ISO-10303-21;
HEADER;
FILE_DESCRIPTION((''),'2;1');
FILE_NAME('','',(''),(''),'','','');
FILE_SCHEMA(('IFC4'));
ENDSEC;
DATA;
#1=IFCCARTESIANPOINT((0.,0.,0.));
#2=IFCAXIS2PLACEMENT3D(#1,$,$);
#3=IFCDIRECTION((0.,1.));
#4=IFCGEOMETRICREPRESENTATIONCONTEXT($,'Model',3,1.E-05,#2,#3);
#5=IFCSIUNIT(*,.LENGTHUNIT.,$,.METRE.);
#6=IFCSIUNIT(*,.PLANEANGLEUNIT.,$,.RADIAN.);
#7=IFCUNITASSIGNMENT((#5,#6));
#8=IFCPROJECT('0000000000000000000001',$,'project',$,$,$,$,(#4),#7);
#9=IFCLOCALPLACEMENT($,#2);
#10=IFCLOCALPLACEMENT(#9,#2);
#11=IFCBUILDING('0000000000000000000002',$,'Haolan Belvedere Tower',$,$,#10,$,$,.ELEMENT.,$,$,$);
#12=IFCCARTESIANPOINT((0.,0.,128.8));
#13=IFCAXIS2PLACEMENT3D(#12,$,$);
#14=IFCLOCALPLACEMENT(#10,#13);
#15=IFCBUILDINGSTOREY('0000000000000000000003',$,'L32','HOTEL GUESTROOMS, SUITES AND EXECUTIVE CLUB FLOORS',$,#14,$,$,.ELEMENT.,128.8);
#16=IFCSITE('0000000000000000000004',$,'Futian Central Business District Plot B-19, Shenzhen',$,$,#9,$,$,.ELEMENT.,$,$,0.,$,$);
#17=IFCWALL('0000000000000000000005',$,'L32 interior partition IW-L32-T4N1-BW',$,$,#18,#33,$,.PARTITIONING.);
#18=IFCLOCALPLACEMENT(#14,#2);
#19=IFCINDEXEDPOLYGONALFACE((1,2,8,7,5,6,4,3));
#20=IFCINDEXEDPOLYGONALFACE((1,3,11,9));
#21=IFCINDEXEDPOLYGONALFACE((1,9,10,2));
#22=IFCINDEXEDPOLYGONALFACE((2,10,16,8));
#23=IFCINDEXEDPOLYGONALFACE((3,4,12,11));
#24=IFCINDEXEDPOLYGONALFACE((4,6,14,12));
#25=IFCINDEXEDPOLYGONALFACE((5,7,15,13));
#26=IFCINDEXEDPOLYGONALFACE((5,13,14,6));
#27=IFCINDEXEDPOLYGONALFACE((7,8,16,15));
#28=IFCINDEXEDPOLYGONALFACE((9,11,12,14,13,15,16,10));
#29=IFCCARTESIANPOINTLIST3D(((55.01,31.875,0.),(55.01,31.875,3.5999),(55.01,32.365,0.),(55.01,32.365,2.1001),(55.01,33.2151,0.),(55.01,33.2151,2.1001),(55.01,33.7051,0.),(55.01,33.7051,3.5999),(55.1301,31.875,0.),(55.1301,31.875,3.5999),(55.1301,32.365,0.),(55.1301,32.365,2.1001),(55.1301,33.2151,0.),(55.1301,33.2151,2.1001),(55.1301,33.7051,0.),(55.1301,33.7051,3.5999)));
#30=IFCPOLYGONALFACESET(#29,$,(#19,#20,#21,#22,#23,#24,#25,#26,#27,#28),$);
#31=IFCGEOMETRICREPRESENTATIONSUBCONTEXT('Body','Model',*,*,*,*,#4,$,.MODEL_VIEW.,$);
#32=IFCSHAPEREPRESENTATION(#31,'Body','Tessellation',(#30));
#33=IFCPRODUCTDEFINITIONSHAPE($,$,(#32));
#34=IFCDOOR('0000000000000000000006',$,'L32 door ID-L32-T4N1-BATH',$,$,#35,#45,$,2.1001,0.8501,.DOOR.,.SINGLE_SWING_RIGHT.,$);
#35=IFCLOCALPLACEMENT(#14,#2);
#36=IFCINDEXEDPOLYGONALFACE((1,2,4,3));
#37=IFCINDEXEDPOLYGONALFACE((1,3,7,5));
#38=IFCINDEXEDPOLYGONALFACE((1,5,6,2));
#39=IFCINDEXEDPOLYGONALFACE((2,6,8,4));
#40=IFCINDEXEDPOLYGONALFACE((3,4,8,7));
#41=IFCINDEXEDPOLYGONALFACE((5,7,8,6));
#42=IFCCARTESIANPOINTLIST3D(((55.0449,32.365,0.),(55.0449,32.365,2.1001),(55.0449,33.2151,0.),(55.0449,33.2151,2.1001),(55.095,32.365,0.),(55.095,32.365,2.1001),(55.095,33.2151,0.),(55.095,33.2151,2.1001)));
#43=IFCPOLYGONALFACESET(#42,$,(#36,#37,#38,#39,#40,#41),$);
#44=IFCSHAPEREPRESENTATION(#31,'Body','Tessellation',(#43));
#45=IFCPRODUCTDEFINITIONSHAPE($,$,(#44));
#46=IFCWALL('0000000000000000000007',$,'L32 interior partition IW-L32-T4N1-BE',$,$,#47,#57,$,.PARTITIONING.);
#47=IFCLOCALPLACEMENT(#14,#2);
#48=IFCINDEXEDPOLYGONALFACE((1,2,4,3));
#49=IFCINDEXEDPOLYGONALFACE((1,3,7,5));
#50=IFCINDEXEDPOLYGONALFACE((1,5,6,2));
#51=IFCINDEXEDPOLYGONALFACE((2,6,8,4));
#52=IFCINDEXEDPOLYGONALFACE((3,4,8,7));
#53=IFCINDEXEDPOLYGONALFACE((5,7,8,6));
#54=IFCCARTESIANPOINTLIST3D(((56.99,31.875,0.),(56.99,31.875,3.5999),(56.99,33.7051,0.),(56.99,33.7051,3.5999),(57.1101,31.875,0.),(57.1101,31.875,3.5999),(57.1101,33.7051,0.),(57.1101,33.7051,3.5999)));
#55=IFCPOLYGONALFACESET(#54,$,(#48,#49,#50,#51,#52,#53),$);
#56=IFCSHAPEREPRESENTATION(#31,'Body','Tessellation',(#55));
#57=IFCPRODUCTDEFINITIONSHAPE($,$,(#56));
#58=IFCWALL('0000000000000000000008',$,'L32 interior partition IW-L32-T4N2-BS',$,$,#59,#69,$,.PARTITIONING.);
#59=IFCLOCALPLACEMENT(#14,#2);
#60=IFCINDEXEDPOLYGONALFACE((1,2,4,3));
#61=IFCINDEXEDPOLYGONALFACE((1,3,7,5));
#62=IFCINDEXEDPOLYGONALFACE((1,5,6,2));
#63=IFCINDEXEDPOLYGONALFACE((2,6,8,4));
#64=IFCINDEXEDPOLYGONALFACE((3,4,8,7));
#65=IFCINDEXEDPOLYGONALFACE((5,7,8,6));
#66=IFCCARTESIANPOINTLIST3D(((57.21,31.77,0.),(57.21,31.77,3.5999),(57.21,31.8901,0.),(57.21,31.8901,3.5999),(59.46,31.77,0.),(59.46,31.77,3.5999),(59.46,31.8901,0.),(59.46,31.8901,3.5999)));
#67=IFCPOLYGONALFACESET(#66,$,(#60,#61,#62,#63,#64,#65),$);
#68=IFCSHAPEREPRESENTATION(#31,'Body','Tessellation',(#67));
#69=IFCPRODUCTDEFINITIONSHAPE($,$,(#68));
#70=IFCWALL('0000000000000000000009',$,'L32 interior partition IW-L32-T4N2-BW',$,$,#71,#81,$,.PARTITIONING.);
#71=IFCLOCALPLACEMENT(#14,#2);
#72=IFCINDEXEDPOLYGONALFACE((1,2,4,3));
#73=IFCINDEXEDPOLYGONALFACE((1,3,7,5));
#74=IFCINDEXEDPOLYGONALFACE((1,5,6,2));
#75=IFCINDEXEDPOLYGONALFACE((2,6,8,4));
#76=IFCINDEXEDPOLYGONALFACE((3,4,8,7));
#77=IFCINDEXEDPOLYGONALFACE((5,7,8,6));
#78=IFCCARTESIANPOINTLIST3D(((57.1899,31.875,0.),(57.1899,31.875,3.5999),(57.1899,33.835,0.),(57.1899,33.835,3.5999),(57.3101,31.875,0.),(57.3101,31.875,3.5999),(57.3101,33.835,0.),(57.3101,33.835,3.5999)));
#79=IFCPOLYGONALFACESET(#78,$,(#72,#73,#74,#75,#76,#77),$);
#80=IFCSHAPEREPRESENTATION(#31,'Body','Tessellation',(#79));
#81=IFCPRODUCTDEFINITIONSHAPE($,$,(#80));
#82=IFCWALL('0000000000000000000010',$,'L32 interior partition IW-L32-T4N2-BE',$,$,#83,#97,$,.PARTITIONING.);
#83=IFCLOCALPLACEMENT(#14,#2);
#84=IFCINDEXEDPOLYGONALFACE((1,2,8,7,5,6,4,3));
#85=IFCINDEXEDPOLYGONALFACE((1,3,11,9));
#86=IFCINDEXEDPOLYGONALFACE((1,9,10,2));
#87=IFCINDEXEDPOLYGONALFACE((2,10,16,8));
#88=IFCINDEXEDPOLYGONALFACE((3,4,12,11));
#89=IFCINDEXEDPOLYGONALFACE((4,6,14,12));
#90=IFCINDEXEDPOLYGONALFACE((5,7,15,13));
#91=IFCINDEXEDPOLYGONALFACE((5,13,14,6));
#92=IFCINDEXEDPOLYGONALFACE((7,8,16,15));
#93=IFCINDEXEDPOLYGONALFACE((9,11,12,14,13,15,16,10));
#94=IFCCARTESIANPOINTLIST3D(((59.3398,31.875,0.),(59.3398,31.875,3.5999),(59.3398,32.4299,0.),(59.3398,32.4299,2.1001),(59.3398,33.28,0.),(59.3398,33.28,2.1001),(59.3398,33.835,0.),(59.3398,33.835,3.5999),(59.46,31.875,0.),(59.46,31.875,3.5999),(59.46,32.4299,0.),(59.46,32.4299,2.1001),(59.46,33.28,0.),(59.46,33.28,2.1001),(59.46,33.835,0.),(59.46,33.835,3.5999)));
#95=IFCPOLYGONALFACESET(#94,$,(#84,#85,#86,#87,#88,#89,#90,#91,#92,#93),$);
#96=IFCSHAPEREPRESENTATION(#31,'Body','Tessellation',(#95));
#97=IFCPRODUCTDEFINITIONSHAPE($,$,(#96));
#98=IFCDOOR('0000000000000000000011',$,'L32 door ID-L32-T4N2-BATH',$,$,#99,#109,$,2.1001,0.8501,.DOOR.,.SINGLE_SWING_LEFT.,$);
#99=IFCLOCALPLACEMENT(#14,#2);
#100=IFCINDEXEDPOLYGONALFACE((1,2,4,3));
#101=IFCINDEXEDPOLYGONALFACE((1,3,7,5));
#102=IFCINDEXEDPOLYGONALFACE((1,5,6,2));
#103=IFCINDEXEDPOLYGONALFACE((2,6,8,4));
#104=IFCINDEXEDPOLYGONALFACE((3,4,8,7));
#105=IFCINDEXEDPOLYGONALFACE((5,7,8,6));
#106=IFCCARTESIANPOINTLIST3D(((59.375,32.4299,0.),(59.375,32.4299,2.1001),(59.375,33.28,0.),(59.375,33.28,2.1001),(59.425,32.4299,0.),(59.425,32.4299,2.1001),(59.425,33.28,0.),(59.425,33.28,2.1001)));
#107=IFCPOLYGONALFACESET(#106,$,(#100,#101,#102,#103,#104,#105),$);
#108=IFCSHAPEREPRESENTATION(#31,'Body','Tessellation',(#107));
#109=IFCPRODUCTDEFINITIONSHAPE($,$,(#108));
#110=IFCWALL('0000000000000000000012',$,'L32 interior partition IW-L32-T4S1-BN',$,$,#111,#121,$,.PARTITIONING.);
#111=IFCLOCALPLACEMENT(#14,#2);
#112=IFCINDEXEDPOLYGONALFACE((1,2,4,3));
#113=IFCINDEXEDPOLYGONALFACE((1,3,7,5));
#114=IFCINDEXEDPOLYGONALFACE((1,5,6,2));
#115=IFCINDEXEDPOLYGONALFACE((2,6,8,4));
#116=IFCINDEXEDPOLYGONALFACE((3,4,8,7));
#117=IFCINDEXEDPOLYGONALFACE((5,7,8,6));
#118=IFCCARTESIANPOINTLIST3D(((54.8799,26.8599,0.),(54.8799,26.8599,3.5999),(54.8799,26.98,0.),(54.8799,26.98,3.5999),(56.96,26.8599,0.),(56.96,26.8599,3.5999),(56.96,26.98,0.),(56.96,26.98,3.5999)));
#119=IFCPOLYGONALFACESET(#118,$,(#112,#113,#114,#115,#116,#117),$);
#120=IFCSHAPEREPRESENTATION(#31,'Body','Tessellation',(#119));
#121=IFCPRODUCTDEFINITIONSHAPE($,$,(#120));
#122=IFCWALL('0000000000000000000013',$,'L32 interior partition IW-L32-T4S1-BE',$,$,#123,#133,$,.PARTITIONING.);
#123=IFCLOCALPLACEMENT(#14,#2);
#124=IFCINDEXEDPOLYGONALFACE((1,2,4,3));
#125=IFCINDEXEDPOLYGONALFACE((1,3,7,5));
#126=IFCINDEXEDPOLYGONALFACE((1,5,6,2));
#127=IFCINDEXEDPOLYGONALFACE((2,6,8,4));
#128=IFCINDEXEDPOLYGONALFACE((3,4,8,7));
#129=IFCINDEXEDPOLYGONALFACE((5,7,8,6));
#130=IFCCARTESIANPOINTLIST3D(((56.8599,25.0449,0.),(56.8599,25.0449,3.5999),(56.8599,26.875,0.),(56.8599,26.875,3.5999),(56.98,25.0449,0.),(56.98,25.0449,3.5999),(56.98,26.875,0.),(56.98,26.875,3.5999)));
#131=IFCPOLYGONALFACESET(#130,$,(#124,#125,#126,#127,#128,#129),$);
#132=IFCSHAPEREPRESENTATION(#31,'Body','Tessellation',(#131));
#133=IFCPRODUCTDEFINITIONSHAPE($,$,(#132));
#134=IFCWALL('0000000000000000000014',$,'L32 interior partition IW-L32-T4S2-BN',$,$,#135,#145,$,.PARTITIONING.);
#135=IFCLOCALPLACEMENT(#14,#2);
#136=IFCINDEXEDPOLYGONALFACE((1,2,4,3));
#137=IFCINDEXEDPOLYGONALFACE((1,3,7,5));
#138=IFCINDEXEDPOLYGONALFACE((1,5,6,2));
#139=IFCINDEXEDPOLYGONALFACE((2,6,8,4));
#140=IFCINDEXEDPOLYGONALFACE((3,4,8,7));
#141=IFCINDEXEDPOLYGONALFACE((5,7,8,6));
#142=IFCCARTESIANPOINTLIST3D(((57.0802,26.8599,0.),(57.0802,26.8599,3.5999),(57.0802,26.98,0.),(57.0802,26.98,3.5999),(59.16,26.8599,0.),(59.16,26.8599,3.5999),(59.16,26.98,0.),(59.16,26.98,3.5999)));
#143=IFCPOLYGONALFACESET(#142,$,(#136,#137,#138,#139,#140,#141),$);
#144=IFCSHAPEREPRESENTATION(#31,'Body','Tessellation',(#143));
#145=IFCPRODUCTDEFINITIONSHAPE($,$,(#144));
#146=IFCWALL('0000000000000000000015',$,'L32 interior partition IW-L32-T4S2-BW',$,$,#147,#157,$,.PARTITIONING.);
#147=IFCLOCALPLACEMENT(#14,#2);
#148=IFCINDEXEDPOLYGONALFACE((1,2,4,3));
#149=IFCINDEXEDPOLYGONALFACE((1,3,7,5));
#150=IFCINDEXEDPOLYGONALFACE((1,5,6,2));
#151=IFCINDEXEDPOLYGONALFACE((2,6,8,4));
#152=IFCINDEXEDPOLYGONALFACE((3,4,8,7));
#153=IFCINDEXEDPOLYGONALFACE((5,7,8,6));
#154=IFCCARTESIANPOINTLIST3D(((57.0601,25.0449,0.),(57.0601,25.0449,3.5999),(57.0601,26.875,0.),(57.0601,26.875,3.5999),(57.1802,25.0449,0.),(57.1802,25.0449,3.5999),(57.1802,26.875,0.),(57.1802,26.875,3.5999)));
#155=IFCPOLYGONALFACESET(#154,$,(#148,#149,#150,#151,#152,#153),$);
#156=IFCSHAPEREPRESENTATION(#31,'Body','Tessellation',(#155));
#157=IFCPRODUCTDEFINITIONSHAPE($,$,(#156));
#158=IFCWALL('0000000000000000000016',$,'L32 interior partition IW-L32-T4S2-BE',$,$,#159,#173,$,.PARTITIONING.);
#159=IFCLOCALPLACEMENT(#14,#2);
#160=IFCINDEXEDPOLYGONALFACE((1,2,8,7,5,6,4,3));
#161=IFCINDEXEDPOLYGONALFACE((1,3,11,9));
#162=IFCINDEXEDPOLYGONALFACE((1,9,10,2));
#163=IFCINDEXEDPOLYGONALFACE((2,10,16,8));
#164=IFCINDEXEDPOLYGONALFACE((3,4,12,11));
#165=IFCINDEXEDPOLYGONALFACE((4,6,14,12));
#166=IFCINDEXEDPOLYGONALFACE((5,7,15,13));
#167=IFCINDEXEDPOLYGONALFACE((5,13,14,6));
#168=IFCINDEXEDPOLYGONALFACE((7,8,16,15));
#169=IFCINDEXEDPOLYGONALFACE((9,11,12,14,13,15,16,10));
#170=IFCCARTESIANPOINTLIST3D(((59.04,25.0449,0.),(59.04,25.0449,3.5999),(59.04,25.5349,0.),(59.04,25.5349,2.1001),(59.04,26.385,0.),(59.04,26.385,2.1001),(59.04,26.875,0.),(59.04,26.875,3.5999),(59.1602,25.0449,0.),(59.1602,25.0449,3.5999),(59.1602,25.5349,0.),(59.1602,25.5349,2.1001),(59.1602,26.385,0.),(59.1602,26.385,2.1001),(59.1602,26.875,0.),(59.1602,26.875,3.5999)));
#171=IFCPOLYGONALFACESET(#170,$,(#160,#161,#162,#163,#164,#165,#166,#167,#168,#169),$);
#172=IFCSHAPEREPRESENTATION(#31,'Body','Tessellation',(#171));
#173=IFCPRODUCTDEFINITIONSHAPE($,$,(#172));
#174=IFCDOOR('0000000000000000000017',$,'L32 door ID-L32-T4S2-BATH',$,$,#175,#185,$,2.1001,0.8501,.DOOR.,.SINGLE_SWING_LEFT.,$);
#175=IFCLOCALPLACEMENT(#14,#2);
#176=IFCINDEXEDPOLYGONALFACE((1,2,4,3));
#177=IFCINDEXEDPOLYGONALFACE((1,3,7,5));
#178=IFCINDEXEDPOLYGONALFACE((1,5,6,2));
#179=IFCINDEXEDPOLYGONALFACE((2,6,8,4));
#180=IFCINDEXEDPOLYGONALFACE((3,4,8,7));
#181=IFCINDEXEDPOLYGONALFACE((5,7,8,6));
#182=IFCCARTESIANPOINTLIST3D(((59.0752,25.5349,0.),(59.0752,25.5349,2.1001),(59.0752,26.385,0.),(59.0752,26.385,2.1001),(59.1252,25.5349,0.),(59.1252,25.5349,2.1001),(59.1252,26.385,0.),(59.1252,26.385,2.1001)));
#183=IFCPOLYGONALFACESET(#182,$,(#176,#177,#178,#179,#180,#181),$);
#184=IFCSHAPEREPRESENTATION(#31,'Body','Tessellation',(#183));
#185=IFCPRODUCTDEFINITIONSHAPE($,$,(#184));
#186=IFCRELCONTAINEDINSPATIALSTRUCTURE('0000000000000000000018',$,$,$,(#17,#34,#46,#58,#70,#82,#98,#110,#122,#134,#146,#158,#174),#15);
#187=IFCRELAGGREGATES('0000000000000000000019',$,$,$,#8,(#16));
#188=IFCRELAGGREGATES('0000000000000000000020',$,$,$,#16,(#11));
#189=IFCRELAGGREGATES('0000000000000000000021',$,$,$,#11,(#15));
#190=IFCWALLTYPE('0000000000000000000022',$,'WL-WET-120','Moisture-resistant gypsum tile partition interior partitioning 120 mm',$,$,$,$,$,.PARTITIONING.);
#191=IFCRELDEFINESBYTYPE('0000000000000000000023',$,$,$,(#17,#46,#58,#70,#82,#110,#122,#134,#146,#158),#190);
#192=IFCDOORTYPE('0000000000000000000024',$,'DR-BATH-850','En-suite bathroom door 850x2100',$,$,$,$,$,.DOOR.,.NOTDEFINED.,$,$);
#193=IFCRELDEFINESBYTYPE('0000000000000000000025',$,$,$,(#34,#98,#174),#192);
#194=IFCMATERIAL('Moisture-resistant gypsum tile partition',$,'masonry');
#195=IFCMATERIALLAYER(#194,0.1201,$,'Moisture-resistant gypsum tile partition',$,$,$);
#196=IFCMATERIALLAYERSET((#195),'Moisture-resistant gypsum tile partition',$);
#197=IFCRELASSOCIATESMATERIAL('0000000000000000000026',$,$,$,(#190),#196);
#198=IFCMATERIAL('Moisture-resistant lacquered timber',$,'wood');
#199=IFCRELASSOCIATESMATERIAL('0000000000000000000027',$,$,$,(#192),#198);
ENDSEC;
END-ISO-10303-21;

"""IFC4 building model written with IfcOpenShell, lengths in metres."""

from ifc_helpers import new_model, si_unit, direction, frame, frame_2d, origin, place, context, subcontext, project, spatial, rectangle, extrude, material, layer, layer_set, type_object, element, fill, save


model = new_model("IFC4")

# Units and contexts
model_context = context("Model", 3, precision=1e-05, world=origin(), true_north=direction((0.0, 1.0)))
body_context = subcontext(model_context, "Body", "Model", "MODEL_VIEW")
ifc_project = project(units=[si_unit("LENGTHUNIT", "METRE"), si_unit("PLANEANGLEUNIT", "RADIAN")], contexts=[model_context])

# Site, building, storey
site_placement = place(None, origin())
site = spatial("IfcSite", under=ifc_project, at=site_placement, Name="Futian Central Business District Plot B-19, Shenzhen", CompositionType="ELEMENT", RefElevation=0.0)
building_placement = place(site_placement, origin())
building = spatial("IfcBuilding", under=site, at=building_placement, Name="Haolan Belvedere Tower", CompositionType="ELEMENT")
storey_placement = place(building_placement, frame((0.0, 0.0, 128.8)))
storey = spatial("IfcBuildingStorey", under=building, at=storey_placement, Name="L32", Description="HOTEL GUESTROOMS, SUITES AND EXECUTIVE CLUB FLOORS", CompositionType="ELEMENT", Elevation=128.8)

# Shared definitions
ifc_material_1 = material(Name="Moisture-resistant gypsum tile partition", Category="masonry")
ifc_layer_1 = layer(ifc_material_1, 0.1201, Name="Moisture-resistant gypsum tile partition")
ifc_layer_set_1 = layer_set([ifc_layer_1], Name="Moisture-resistant gypsum tile partition")
wall_type_1 = type_object("IfcWallType", Name="WL-WET-120", Description="Moisture-resistant gypsum tile partition interior partitioning 120 mm", PredefinedType="PARTITIONING", material=ifc_layer_set_1)

# Wall, opening, door
wall_1_placement = place(storey_placement, frame((55.0701, 31.875, 0.0), z_axis=(0.0, 0.0, 1.0), x_axis=(0.0, 1.0, 0.0)))
wall_1 = element("IfcWall", 1, at=wall_1_placement, inside=storey, type_object=wall_type_1, Name="L32 interior partition IW-L32-T4N1-BW", PredefinedType="PARTITIONING", context=body_context, shape_type="SweptSolid", body=[
    extrude(rectangle(XDim=1.8301, YDim=0.1201, at=frame_2d((0.915, 0.0))), origin(), (0.0, 0.0, 1.0), 3.5999),
])
opening_1_placement = place(wall_1_placement, frame((1.3401, 0.0, 0.0), z_axis=(0.0, 0.0, 1.0), x_axis=(-1.0, 0.0, 0.0)))
opening_1 = element("IfcOpeningElement", 2, at=opening_1_placement, cuts=wall_1, PredefinedType="OPENING", context=body_context, shape_type="SweptSolid", body=[
    extrude(rectangle(XDim=0.8501, YDim=2.1001, at=frame_2d((0.425, 1.05))), frame((0.0, 0.0701, 0.0), z_axis=(0.0, -1.0, 0.0), x_axis=(1.0, 0.0, 0.0)), (0.0, 0.0, 1.0), 0.1401),
])
ifc_material_2 = material(Name="Moisture-resistant lacquered timber", Category="wood")
door_type_1 = type_object("IfcDoorType", Name="DR-BATH-850", Description="En-suite bathroom door 850x2100", OperationType="NOTDEFINED", PredefinedType="DOOR", material=ifc_material_2)
door_1_placement = place(opening_1_placement, origin())
door_1 = element("IfcDoor", 3, at=door_1_placement, inside=storey, type_object=door_type_1, Name="L32 door ID-L32-T4N1-BATH", OperationType="SINGLE_SWING_RIGHT", OverallHeight=2.1001, OverallWidth=0.8501, PredefinedType="DOOR", context=body_context, shape_type="SweptSolid", body=[
    extrude(rectangle(XDim=0.8501, YDim=2.1001, at=frame_2d((0.425, 1.05))), frame((0.0, 0.0249, 0.0), z_axis=(0.0, -1.0, 0.0), x_axis=(1.0, 0.0, 0.0)), (0.0, 0.0, 1.0), 0.05),
])
fill(opening_1, door_1)

# Walls
wall_2_placement = place(storey_placement, frame((57.05, 31.875, 0.0), z_axis=(0.0, 0.0, 1.0), x_axis=(0.0, 1.0, 0.0)))
element("IfcWall", 4, at=wall_2_placement, inside=storey, type_object=wall_type_1, Name="L32 interior partition IW-L32-T4N1-BE", PredefinedType="PARTITIONING", context=body_context, shape_type="SweptSolid", body=[
    extrude(rectangle(XDim=1.8301, YDim=0.1201, at=frame_2d((0.915, 0.0))), origin(), (0.0, 0.0, 1.0), 3.5999),
])
wall_3_placement = place(storey_placement, frame((57.21, 31.8301, 0.0), z_axis=(0.0, 0.0, 1.0), x_axis=(1.0, 0.0, 0.0)))
element("IfcWall", 5, at=wall_3_placement, inside=storey, type_object=wall_type_1, Name="L32 interior partition IW-L32-T4N2-BS", PredefinedType="PARTITIONING", context=body_context, shape_type="SweptSolid", body=[
    extrude(rectangle(XDim=2.25, YDim=0.1201, at=frame_2d((1.125, 0.0))), origin(), (0.0, 0.0, 1.0), 3.5999),
])
wall_4_placement = place(storey_placement, frame((57.25, 31.875, 0.0), z_axis=(0.0, 0.0, 1.0), x_axis=(0.0, 1.0, 0.0)))
element("IfcWall", 6, at=wall_4_placement, inside=storey, type_object=wall_type_1, Name="L32 interior partition IW-L32-T4N2-BW", PredefinedType="PARTITIONING", context=body_context, shape_type="SweptSolid", body=[
    extrude(rectangle(XDim=1.96, YDim=0.1201, at=frame_2d((0.98, 0.0))), origin(), (0.0, 0.0, 1.0), 3.5999),
])

# Wall, opening, door
wall_5_placement = place(storey_placement, frame((59.3999, 31.875, 0.0), z_axis=(0.0, 0.0, 1.0), x_axis=(0.0, 1.0, 0.0)))
wall_5 = element("IfcWall", 7, at=wall_5_placement, inside=storey, type_object=wall_type_1, Name="L32 interior partition IW-L32-T4N2-BE", PredefinedType="PARTITIONING", context=body_context, shape_type="SweptSolid", body=[
    extrude(rectangle(XDim=1.96, YDim=0.1201, at=frame_2d((0.98, 0.0))), origin(), (0.0, 0.0, 1.0), 3.5999),
])
opening_2_placement = place(wall_5_placement, frame((0.5549, 0.0, 0.0)))
opening_2 = element("IfcOpeningElement", 8, at=opening_2_placement, cuts=wall_5, PredefinedType="OPENING", context=body_context, shape_type="SweptSolid", body=[
    extrude(rectangle(XDim=0.8501, YDim=2.1001, at=frame_2d((0.425, 1.05))), frame((0.0, 0.0701, 0.0), z_axis=(0.0, -1.0, 0.0), x_axis=(1.0, 0.0, 0.0)), (0.0, 0.0, 1.0), 0.1401),
])
door_2_placement = place(opening_2_placement, origin())
door_2 = element("IfcDoor", 9, at=door_2_placement, inside=storey, type_object=door_type_1, Name="L32 door ID-L32-T4N2-BATH", OperationType="SINGLE_SWING_LEFT", OverallHeight=2.1001, OverallWidth=0.8501, PredefinedType="DOOR", context=body_context, shape_type="SweptSolid", body=[
    extrude(rectangle(XDim=0.8501, YDim=2.1001, at=frame_2d((0.425, 1.05))), frame((0.0, 0.0249, 0.0), z_axis=(0.0, -1.0, 0.0), x_axis=(1.0, 0.0, 0.0)), (0.0, 0.0, 1.0), 0.05),
])
fill(opening_2, door_2)

# Walls
wall_6_placement = place(storey_placement, frame((54.8799, 26.9199, 0.0), z_axis=(0.0, 0.0, 1.0), x_axis=(1.0, 0.0, 0.0)))
element("IfcWall", 10, at=wall_6_placement, inside=storey, type_object=wall_type_1, Name="L32 interior partition IW-L32-T4S1-BN", PredefinedType="PARTITIONING", context=body_context, shape_type="SweptSolid", body=[
    extrude(rectangle(XDim=2.0801, YDim=0.1201, at=frame_2d((1.04, 0.0))), origin(), (0.0, 0.0, 1.0), 3.5999),
])
wall_7_placement = place(storey_placement, frame((56.9199, 25.0449, 0.0), z_axis=(0.0, 0.0, 1.0), x_axis=(0.0, 1.0, 0.0)))
element("IfcWall", 11, at=wall_7_placement, inside=storey, type_object=wall_type_1, Name="L32 interior partition IW-L32-T4S1-BE", PredefinedType="PARTITIONING", context=body_context, shape_type="SweptSolid", body=[
    extrude(rectangle(XDim=1.8301, YDim=0.1201, at=frame_2d((0.915, 0.0))), origin(), (0.0, 0.0, 1.0), 3.5999),
])
wall_8_placement = place(storey_placement, frame((57.0801, 26.9199, 0.0), z_axis=(0.0, 0.0, 1.0), x_axis=(1.0, 0.0, 0.0)))
element("IfcWall", 12, at=wall_8_placement, inside=storey, type_object=wall_type_1, Name="L32 interior partition IW-L32-T4S2-BN", PredefinedType="PARTITIONING", context=body_context, shape_type="SweptSolid", body=[
    extrude(rectangle(XDim=2.0798, YDim=0.1201, at=frame_2d((1.04, 0.0))), origin(), (0.0, 0.0, 1.0), 3.5999),
])
wall_9_placement = place(storey_placement, frame((57.1201, 25.0449, 0.0), z_axis=(0.0, 0.0, 1.0), x_axis=(0.0, 1.0, 0.0)))
element("IfcWall", 13, at=wall_9_placement, inside=storey, type_object=wall_type_1, Name="L32 interior partition IW-L32-T4S2-BW", PredefinedType="PARTITIONING", context=body_context, shape_type="SweptSolid", body=[
    extrude(rectangle(XDim=1.8301, YDim=0.1201, at=frame_2d((0.915, 0.0))), origin(), (0.0, 0.0, 1.0), 3.5999),
])

# Wall, opening, door
wall_10_placement = place(storey_placement, frame((59.1001, 25.0449, 0.0), z_axis=(0.0, 0.0, 1.0), x_axis=(0.0, 1.0, 0.0)))
wall_10 = element("IfcWall", 14, at=wall_10_placement, inside=storey, type_object=wall_type_1, Name="L32 interior partition IW-L32-T4S2-BE", PredefinedType="PARTITIONING", context=body_context, shape_type="SweptSolid", body=[
    extrude(rectangle(XDim=1.8301, YDim=0.1201, at=frame_2d((0.915, 0.0))), origin(), (0.0, 0.0, 1.0), 3.5999),
])
opening_3_placement = place(wall_10_placement, frame((0.49, 0.0, 0.0)))
opening_3 = element("IfcOpeningElement", 15, at=opening_3_placement, cuts=wall_10, PredefinedType="OPENING", context=body_context, shape_type="SweptSolid", body=[
    extrude(rectangle(XDim=0.8501, YDim=2.1001, at=frame_2d((0.425, 1.05))), frame((0.0, 0.0701, 0.0), z_axis=(0.0, -1.0, 0.0), x_axis=(1.0, 0.0, 0.0)), (0.0, 0.0, 1.0), 0.1401),
])
door_3_placement = place(opening_3_placement, origin())
door_3 = element("IfcDoor", 16, at=door_3_placement, inside=storey, type_object=door_type_1, Name="L32 door ID-L32-T4S2-BATH", OperationType="SINGLE_SWING_LEFT", OverallHeight=2.1001, OverallWidth=0.8501, PredefinedType="DOOR", context=body_context, shape_type="SweptSolid", body=[
    extrude(rectangle(XDim=0.8501, YDim=2.1001, at=frame_2d((0.425, 1.05))), frame((0.0, 0.0249, 0.0), z_axis=(0.0, -1.0, 0.0), x_axis=(1.0, 0.0, 0.0)), (0.0, 0.0, 1.0), 0.05),
])
fill(opening_3, door_3)

save(model, "model.ifc")
